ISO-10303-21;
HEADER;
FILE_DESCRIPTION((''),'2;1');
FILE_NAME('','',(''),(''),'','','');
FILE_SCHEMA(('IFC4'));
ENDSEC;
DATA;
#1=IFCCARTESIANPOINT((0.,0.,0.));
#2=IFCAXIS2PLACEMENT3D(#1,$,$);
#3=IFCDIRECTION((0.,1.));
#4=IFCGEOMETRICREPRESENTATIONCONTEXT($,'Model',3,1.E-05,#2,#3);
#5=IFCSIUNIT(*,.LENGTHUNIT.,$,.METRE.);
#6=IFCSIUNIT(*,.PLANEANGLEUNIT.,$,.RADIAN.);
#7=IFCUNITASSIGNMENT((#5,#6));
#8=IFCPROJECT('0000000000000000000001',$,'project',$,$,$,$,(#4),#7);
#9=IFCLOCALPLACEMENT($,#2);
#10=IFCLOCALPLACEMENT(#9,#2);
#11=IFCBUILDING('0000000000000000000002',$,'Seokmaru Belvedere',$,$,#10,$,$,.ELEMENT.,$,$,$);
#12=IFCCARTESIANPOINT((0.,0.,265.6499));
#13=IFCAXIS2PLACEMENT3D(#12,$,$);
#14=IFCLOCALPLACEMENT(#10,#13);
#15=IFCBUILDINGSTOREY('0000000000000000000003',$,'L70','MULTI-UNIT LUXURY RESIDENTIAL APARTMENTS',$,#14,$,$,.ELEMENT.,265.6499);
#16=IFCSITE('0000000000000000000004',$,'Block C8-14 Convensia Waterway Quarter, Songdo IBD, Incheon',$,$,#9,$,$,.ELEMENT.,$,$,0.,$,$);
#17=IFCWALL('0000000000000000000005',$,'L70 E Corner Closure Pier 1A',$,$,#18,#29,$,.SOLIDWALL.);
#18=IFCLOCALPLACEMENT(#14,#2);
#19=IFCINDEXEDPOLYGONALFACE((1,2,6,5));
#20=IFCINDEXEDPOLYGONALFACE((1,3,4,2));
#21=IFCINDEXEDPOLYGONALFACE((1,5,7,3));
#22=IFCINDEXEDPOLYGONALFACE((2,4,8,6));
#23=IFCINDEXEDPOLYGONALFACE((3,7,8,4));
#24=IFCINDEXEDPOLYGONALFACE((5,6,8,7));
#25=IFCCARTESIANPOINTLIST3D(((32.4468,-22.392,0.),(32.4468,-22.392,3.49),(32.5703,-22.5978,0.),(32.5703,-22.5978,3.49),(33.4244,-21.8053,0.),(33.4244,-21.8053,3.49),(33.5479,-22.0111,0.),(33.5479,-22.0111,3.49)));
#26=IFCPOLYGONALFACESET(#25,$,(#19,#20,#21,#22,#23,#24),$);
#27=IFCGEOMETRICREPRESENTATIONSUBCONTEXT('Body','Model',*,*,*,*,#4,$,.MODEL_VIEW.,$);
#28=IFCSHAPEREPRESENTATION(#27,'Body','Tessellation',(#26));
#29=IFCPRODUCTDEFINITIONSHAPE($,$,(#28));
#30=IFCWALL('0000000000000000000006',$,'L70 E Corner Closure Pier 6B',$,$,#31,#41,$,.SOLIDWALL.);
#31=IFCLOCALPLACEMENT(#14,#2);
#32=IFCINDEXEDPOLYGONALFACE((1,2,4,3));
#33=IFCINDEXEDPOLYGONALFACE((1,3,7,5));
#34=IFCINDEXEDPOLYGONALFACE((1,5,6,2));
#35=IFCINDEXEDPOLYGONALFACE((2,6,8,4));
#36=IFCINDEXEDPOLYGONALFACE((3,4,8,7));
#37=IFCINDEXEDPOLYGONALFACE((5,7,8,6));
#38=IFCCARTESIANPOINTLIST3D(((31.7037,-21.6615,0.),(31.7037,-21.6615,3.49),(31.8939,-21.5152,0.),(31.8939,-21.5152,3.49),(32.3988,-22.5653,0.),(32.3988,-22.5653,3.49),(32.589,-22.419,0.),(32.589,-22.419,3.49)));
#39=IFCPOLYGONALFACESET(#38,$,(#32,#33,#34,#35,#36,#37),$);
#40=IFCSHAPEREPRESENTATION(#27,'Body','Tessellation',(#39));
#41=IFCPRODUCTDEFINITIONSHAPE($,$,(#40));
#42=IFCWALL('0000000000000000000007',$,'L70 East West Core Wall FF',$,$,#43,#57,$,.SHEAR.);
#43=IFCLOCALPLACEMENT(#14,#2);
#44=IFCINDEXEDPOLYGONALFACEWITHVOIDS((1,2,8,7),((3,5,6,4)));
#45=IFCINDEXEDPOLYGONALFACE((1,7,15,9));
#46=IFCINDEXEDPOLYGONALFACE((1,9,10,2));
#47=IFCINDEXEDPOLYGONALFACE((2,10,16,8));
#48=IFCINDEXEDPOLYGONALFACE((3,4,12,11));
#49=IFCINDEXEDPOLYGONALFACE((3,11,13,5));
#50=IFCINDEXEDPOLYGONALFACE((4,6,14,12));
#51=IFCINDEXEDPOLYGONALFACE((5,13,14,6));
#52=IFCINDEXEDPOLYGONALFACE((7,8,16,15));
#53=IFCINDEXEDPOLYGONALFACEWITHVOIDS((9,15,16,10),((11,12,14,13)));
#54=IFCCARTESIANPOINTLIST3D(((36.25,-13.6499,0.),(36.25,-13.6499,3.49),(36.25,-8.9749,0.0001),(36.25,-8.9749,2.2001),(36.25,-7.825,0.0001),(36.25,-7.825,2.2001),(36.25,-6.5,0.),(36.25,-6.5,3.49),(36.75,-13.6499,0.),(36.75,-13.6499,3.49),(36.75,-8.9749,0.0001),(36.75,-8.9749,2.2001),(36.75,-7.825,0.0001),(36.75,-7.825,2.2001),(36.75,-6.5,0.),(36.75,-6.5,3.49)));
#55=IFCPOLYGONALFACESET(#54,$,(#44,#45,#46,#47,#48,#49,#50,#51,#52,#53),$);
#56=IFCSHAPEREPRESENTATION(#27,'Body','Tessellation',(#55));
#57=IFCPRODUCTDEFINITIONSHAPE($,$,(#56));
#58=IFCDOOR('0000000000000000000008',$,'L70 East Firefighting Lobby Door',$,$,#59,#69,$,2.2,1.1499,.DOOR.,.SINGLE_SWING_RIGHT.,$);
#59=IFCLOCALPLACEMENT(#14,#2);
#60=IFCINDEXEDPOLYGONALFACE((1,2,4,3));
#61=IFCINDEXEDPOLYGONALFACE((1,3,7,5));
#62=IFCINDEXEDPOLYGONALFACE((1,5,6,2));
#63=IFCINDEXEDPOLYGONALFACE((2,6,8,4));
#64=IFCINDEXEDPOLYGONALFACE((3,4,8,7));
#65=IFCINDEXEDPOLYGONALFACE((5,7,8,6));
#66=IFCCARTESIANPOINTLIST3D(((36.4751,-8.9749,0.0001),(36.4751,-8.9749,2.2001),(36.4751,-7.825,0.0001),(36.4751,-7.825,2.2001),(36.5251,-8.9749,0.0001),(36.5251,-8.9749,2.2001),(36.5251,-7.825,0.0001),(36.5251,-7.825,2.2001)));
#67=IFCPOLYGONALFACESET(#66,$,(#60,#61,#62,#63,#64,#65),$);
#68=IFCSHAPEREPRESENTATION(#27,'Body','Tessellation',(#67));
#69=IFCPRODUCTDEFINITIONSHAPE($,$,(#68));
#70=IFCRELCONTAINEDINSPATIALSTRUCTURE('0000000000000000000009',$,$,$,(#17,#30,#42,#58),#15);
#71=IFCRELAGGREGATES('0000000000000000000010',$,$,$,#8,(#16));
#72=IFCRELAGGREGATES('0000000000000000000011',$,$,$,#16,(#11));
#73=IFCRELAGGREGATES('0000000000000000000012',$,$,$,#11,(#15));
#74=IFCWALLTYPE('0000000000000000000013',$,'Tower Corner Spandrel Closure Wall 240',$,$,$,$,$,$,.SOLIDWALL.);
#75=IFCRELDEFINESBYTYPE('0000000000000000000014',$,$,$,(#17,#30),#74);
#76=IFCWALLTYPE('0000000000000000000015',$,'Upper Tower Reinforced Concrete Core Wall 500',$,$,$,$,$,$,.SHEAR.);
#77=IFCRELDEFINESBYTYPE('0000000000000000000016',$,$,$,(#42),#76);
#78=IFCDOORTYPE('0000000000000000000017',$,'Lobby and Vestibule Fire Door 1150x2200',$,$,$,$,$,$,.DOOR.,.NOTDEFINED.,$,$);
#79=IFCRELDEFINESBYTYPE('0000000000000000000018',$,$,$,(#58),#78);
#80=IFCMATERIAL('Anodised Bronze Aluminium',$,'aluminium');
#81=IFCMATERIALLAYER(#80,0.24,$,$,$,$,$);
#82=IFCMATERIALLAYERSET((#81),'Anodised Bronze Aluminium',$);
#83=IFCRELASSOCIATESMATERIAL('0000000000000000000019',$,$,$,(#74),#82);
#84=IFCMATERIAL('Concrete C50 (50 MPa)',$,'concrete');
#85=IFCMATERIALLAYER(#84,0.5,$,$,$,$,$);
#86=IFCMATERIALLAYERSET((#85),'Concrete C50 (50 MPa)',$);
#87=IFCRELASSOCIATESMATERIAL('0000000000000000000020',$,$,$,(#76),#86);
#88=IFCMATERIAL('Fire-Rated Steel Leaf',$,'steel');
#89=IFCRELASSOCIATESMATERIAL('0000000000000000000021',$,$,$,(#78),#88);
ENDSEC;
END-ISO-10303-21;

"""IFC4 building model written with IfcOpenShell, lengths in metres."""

from ifc_helpers import new_model, si_unit, direction, frame, frame_2d, origin, place, context, subcontext, project, spatial, rectangle, extrude, source, transform, mapped, material, layer, layer_set, type_object, type_shapes, element, fill, save


model = new_model("IFC4")

# Units and contexts
model_context = context("Model", 3, precision=1e-05, world=origin(), true_north=direction((0.0, 1.0)))
body_context = subcontext(model_context, "Body", "Model", "MODEL_VIEW")
ifc_project = project(units=[si_unit("LENGTHUNIT", "METRE"), si_unit("PLANEANGLEUNIT", "RADIAN")], contexts=[model_context])

# Site, building, storey
site_placement = place(None, origin())
site = spatial("IfcSite", under=ifc_project, at=site_placement, Name="Block C8-14 Convensia Waterway Quarter, Songdo IBD, Incheon", CompositionType="ELEMENT", RefElevation=0.0)
building_placement = place(site_placement, origin())
building = spatial("IfcBuilding", under=site, at=building_placement, Name="Seokmaru Belvedere", CompositionType="ELEMENT")
storey_placement = place(building_placement, frame((0.0, 0.0, 265.6499)))
storey = spatial("IfcBuildingStorey", under=building, at=storey_placement, Name="L70", Description="MULTI-UNIT LUXURY RESIDENTIAL APARTMENTS", CompositionType="ELEMENT", Elevation=265.6499)

# Shared definitions
ifc_material_1 = material(Name="Anodised Bronze Aluminium", Category="aluminium")

# Shared definitions
ifc_material_2 = material(Name="Fire-Rated Steel Leaf", Category="steel")

# Walls
ifc_layer_1 = layer(ifc_material_1, 0.24)
ifc_layer_set_1 = layer_set([ifc_layer_1], Name="Anodised Bronze Aluminium")
wall_type_1 = type_object("IfcWallType", Name="Tower Corner Spandrel Closure Wall 240", PredefinedType="SOLIDWALL", material=ifc_layer_set_1)
for number, where, z_axis, x_axis, name in (
    (1, (32.5085, -22.4949, 0.0), (0.0, 0.0, 1.0), (0.857436, 0.51459, 0.0), "L70 E Corner Closure Pier 1A"),
    (2, (31.7988, -21.5884, 0.0), (0.0, 0.0, 1.0), (0.609618, -0.792696, 0.0), "L70 E Corner Closure Pier 6B"),
):
    element("IfcWall", number, at=place(storey_placement, frame(where, z_axis=z_axis, x_axis=x_axis)), inside=storey, type_object=wall_type_1, Name=name, PredefinedType="SOLIDWALL", context=body_context, shape_type="SweptSolid", body=[
        extrude(rectangle(XDim=1.1401, YDim=0.24, at=frame_2d((0.5701, 0.0))), origin(), (0.0, 0.0, 1.0), 3.49),
    ])

# Wall, opening, door
ifc_material_3 = material(Name="Concrete C50 (50 MPa)", Category="concrete")
ifc_layer_2 = layer(ifc_material_3, 0.5)
ifc_layer_set_2 = layer_set([ifc_layer_2], Name="Concrete C50 (50 MPa)")
wall_type_2 = type_object("IfcWallType", Name="Upper Tower Reinforced Concrete Core Wall 500", PredefinedType="SHEAR", material=ifc_layer_set_2)
wall_1_placement = place(storey_placement, frame((36.5, -13.6499, 0.0), z_axis=(0.0, 0.0, 1.0), x_axis=(0.0, 1.0, 0.0)))
wall_1 = element("IfcWall", 3, at=wall_1_placement, inside=storey, type_object=wall_type_2, Name="L70 East West Core Wall FF", PredefinedType="SHEAR", context=body_context, shape_type="SweptSolid", body=[
    extrude(rectangle(XDim=7.1499, YDim=0.5, at=frame_2d((3.575, 0.0))), origin(), (0.0, 0.0, 1.0), 3.49),
])
opening_1_placement = place(wall_1_placement, frame((4.675, 0.0, 0.0)))
opening_1 = element("IfcOpeningElement", 4, at=opening_1_placement, cuts=wall_1, PredefinedType="OPENING", context=body_context, shape_type="SweptSolid", body=[
    extrude(rectangle(XDim=1.1499, YDim=2.2, at=frame_2d((0.575, 1.1001))), frame((0.0, 0.26, 0.0), z_axis=(0.0, -1.0, 0.0), x_axis=(1.0, 0.0, 0.0)), (0.0, 0.0, 1.0), 0.52),
])
door_type_1 = type_object("IfcDoorType", Name="Lobby and Vestibule Fire Door 1150x2200", OperationType="NOTDEFINED", PredefinedType="DOOR", material=ifc_material_2)
shared_shape_1 = source(origin(), body_context, "Body", "SweptSolid", [
    extrude(rectangle(XDim=1.1499, YDim=2.2, at=frame_2d((0.575, 1.1001))), frame((0.0, 0.0249, 0.0), z_axis=(0.0, -1.0, 0.0), x_axis=(1.0, 0.0, 0.0)), (0.0, 0.0, 1.0), 0.05),
])
type_shapes(door_type_1, [shared_shape_1])
door_1_placement = place(opening_1_placement, origin())
door_1 = element("IfcDoor", 5, at=door_1_placement, inside=storey, type_object=door_type_1, Name="L70 East Firefighting Lobby Door", OperationType="SINGLE_SWING_RIGHT", OverallHeight=2.2, OverallWidth=1.1499, PredefinedType="DOOR", context=body_context, shape_type="MappedRepresentation", body=[
    mapped(shared_shape_1, transform((0.0, 0.0, 0.0), scale=1.0)),
])
fill(opening_1, door_1)

save(model, "model.ifc")
